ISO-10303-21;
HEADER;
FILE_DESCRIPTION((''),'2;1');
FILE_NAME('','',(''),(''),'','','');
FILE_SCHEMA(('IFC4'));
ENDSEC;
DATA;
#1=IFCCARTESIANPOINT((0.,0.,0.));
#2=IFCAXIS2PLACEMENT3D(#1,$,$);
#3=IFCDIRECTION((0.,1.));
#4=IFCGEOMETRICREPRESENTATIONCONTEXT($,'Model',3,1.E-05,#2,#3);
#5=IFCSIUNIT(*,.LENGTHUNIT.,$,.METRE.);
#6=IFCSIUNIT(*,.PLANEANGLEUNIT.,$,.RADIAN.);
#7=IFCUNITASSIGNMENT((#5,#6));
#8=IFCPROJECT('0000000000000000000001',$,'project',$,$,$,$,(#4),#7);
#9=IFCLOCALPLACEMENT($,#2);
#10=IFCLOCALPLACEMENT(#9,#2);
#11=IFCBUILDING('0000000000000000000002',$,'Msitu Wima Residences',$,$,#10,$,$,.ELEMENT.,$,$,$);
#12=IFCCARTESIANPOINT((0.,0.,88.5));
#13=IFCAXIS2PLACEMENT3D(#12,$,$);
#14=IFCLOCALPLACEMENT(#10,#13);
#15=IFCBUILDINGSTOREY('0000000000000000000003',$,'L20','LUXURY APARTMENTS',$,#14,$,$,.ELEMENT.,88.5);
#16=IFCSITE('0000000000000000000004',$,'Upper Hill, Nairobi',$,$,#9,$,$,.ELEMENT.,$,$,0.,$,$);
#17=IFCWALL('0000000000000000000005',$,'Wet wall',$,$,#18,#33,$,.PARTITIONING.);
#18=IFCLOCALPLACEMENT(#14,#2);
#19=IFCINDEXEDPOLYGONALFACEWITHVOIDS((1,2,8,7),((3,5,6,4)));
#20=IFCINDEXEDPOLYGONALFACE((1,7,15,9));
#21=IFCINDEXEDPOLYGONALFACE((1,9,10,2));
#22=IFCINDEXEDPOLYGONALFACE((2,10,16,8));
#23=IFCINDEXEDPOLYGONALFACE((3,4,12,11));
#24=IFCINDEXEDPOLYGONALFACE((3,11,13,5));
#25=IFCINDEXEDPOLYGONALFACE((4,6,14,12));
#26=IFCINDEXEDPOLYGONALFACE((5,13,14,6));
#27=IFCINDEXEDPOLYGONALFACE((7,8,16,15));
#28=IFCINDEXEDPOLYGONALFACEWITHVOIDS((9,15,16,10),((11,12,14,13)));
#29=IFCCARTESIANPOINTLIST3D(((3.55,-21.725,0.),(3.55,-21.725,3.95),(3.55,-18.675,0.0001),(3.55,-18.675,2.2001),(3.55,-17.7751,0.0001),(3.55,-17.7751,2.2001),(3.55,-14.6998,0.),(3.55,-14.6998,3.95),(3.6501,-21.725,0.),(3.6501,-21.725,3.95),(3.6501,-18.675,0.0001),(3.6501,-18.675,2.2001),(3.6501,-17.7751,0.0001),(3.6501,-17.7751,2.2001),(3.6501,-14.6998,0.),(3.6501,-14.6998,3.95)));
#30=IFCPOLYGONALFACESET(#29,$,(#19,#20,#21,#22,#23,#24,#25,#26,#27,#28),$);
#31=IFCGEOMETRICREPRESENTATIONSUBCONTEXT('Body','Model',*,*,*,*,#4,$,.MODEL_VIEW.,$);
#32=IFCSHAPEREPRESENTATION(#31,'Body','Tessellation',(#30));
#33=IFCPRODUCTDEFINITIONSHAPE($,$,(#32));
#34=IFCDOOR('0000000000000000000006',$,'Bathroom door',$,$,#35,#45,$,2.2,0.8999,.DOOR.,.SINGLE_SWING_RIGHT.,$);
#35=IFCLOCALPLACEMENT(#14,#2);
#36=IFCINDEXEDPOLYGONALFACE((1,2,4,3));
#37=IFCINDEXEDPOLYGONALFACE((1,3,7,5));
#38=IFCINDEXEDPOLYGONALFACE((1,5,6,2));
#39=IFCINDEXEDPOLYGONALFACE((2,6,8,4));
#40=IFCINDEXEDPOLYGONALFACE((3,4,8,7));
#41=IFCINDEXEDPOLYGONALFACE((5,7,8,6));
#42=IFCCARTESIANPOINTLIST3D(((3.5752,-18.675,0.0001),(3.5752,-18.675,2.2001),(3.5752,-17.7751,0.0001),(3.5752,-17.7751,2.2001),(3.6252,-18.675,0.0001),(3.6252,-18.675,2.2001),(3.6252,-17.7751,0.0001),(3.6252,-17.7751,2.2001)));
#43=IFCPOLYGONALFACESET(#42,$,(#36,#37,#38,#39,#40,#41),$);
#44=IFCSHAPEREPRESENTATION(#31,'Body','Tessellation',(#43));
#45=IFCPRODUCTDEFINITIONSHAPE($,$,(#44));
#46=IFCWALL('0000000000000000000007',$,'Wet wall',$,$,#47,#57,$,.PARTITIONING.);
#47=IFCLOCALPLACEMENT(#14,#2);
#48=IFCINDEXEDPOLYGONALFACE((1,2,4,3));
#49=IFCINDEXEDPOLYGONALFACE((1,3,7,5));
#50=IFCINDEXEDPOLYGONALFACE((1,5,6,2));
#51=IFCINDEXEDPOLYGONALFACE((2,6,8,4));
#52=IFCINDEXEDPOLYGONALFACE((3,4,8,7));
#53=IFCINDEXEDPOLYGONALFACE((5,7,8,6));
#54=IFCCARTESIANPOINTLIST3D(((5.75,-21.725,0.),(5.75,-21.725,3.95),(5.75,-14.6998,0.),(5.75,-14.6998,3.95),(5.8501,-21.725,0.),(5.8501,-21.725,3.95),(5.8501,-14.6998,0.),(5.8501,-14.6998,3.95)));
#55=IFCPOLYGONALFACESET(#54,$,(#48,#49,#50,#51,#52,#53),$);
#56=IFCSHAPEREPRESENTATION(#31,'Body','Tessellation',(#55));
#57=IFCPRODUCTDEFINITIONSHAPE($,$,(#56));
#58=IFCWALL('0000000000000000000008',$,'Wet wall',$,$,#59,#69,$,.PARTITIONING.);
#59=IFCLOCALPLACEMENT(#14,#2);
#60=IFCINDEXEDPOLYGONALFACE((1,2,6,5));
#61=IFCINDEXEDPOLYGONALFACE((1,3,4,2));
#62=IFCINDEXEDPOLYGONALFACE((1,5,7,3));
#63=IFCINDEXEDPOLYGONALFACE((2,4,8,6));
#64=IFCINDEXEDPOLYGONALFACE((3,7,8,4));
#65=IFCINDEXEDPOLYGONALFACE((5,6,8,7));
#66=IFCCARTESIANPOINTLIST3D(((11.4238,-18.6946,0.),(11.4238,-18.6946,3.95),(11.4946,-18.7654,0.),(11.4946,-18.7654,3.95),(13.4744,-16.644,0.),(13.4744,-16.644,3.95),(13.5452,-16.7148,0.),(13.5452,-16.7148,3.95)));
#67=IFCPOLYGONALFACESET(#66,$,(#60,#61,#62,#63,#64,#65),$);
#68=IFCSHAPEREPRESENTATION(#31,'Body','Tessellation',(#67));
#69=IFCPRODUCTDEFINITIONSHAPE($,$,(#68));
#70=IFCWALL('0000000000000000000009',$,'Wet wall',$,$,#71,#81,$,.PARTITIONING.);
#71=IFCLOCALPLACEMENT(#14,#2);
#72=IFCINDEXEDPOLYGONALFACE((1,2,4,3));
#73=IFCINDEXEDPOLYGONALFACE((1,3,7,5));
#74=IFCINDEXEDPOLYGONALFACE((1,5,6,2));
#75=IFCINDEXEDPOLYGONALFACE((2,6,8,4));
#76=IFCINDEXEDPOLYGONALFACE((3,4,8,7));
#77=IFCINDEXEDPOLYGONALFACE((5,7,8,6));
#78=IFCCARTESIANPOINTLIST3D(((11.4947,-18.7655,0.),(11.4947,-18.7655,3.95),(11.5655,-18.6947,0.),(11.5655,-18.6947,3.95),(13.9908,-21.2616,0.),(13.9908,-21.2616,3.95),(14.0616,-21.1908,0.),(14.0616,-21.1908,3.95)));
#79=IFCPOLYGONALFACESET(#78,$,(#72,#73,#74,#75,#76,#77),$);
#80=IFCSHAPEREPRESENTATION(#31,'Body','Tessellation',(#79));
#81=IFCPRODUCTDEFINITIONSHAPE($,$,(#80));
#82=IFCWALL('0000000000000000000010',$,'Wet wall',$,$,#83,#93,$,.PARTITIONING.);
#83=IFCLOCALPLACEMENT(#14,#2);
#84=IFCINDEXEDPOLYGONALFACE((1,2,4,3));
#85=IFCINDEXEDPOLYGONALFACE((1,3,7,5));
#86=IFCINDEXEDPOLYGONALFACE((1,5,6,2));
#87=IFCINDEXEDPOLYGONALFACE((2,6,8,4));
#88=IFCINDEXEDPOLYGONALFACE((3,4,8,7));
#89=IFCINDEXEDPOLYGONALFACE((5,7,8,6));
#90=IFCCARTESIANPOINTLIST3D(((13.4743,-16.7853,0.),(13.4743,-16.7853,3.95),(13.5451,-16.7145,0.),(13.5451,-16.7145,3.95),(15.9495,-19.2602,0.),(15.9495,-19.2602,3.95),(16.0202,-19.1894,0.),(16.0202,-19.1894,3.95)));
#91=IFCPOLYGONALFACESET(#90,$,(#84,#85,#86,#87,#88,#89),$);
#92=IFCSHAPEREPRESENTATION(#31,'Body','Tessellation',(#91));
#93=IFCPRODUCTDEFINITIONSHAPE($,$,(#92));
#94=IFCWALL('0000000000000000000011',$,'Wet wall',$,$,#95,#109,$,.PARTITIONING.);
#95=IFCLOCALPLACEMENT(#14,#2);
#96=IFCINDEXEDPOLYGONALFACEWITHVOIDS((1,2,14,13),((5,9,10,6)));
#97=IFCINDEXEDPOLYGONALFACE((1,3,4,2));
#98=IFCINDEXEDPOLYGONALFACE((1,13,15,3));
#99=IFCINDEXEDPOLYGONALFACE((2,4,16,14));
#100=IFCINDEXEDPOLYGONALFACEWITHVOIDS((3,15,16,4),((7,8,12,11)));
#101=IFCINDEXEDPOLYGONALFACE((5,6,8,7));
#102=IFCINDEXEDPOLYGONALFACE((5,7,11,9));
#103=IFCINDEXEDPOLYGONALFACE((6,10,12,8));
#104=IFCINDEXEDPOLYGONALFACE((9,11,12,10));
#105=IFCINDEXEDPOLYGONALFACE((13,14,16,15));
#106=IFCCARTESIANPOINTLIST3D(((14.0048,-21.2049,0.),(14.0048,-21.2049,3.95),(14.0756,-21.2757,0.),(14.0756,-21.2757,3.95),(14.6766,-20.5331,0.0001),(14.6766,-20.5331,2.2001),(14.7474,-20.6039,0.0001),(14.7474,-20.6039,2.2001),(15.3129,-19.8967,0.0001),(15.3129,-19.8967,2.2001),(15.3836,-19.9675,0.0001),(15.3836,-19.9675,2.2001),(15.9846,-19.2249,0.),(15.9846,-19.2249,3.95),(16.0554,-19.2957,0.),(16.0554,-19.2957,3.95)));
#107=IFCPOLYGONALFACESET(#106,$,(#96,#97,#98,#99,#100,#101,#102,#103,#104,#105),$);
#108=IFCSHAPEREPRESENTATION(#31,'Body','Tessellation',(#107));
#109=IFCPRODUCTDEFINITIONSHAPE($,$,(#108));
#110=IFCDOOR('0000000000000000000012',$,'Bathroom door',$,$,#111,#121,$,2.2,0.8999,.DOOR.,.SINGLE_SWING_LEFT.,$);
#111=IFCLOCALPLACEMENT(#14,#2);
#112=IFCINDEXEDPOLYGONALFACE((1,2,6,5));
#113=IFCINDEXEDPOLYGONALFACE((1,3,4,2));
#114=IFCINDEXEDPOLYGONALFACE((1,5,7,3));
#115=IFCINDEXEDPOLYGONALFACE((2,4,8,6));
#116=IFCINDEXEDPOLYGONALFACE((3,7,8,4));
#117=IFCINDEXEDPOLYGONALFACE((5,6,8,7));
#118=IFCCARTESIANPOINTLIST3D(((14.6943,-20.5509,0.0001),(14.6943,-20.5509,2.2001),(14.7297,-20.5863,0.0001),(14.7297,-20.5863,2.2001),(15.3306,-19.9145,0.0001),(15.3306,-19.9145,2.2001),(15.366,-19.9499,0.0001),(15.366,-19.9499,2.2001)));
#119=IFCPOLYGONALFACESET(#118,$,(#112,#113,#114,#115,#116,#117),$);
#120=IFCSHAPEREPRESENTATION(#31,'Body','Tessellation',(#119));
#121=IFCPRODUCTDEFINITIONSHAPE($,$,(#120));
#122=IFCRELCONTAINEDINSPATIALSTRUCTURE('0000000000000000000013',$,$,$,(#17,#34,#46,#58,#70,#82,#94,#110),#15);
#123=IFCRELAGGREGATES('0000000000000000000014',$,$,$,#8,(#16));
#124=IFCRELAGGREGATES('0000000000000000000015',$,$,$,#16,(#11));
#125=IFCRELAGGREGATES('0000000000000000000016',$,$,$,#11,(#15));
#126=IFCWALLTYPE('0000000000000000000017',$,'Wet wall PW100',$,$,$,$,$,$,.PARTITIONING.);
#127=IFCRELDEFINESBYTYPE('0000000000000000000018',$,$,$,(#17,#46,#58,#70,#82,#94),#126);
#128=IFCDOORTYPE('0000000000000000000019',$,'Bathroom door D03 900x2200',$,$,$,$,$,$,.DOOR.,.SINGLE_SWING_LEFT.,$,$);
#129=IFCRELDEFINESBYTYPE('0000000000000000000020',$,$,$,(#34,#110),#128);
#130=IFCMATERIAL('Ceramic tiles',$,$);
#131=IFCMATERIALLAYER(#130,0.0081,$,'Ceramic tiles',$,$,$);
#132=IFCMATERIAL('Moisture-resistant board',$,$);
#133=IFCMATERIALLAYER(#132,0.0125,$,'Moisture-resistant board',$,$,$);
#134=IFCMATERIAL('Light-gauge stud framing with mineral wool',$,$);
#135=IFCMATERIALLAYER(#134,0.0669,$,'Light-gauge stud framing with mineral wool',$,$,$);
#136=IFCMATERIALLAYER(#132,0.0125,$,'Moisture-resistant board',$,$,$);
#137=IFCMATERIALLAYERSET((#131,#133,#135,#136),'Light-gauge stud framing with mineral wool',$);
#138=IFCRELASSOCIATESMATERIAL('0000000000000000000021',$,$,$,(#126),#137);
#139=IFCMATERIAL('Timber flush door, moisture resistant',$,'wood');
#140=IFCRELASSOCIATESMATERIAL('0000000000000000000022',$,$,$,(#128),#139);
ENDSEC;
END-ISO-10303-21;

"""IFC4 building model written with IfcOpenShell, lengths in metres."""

from ifc_helpers import new_model, si_unit, direction, frame, frame_2d, origin, place, context, subcontext, project, spatial, rectangle, extrude, material, layer, layer_set, type_object, element, fill, save


model = new_model("IFC4")

# Units and contexts
model_context = context("Model", 3, precision=1e-05, world=origin(), true_north=direction((0.0, 1.0)))
body_context = subcontext(model_context, "Body", "Model", "MODEL_VIEW")
ifc_project = project(units=[si_unit("LENGTHUNIT", "METRE"), si_unit("PLANEANGLEUNIT", "RADIAN")], contexts=[model_context])

# Site, building, storey
site_placement = place(None, origin())
site = spatial("IfcSite", under=ifc_project, at=site_placement, Name="Upper Hill, Nairobi", CompositionType="ELEMENT", RefElevation=0.0)
building_placement = place(site_placement, origin())
building = spatial("IfcBuilding", under=site, at=building_placement, Name="Msitu Wima Residences", CompositionType="ELEMENT")
storey_placement = place(building_placement, frame((0.0, 0.0, 88.5)))
storey = spatial("IfcBuildingStorey", under=building, at=storey_placement, Name="L20", Description="LUXURY APARTMENTS", CompositionType="ELEMENT", Elevation=88.5)

# Shared definitions
ifc_material_1 = material(Name="Ceramic tiles")
ifc_layer_1 = layer(ifc_material_1, 0.0081, Name="Ceramic tiles")
ifc_material_2 = material(Name="Moisture-resistant board")
ifc_layer_2 = layer(ifc_material_2, 0.0125, Name="Moisture-resistant board")
ifc_material_3 = material(Name="Light-gauge stud framing with mineral wool")
ifc_layer_3 = layer(ifc_material_3, 0.0669, Name="Light-gauge stud framing with mineral wool")
ifc_layer_4 = layer(ifc_material_2, 0.0125, Name="Moisture-resistant board")
ifc_layer_set_1 = layer_set([ifc_layer_1, ifc_layer_2, ifc_layer_3, ifc_layer_4], Name="Light-gauge stud framing with mineral wool")
wall_type_1 = type_object("IfcWallType", Name="Wet wall PW100", PredefinedType="PARTITIONING", material=ifc_layer_set_1)

# Wall, opening, door
wall_1_placement = place(storey_placement, frame((3.6001, -21.7251, 0.0), z_axis=(0.0, 0.0, 1.0), x_axis=(0.0, 1.0, 0.0)))
wall_1 = element("IfcWall", 1, at=wall_1_placement, inside=storey, type_object=wall_type_1, Name="Wet wall", PredefinedType="PARTITIONING", context=body_context, shape_type="SweptSolid", body=[
    extrude(rectangle(XDim=7.0251, YDim=0.1001, at=frame_2d((3.5127, 0.0))), origin(), (0.0, 0.0, 1.0), 3.95),
])
opening_1_placement = place(wall_1_placement, frame((3.05, 0.0, 0.0)))
opening_1 = element("IfcOpeningElement", 2, at=opening_1_placement, cuts=wall_1, PredefinedType="OPENING", context=body_context, shape_type="SweptSolid", body=[
    extrude(rectangle(XDim=0.8999, YDim=2.2, at=frame_2d((0.45, 1.1001))), frame((0.0, 0.0601, 0.0), z_axis=(0.0, -1.0, 0.0), x_axis=(1.0, 0.0, 0.0)), (0.0, 0.0, 1.0), 0.1201),
])
ifc_material_4 = material(Name="Timber flush door, moisture resistant", Category="wood")
door_type_1 = type_object("IfcDoorType", Name="Bathroom door D03 900x2200", OperationType="SINGLE_SWING_LEFT", PredefinedType="DOOR", material=ifc_material_4)
door_1_placement = place(opening_1_placement, origin())
door_1 = element("IfcDoor", 3, at=door_1_placement, inside=storey, type_object=door_type_1, Name="Bathroom door", OperationType="SINGLE_SWING_RIGHT", OverallHeight=2.2, OverallWidth=0.8999, PredefinedType="DOOR", context=body_context, shape_type="SweptSolid", body=[
    extrude(rectangle(XDim=0.8999, YDim=2.2, at=frame_2d((0.45, 1.1001))), frame((0.0, 0.0249, 0.0), z_axis=(0.0, -1.0, 0.0), x_axis=(1.0, 0.0, 0.0)), (0.0, 0.0, 1.0), 0.05),
])
fill(opening_1, door_1)

# Walls
wall_2_placement = place(storey_placement, frame((5.8, -21.7251, 0.0), z_axis=(0.0, 0.0, 1.0), x_axis=(0.0, 1.0, 0.0)))
element("IfcWall", 4, at=wall_2_placement, inside=storey, type_object=wall_type_1, Name="Wet wall", PredefinedType="PARTITIONING", context=body_context, shape_type="SweptSolid", body=[
    extrude(rectangle(XDim=7.0251, YDim=0.1001, at=frame_2d((3.5127, 0.0))), origin(), (0.0, 0.0, 1.0), 3.95),
])
wall_3_placement = place(storey_placement, frame((11.4592, -18.73, 0.0), z_axis=(0.0, 0.0, 1.0), x_axis=(0.707107, 0.707107, 0.0)))
element("IfcWall", 5, at=wall_3_placement, inside=storey, type_object=wall_type_1, Name="Wet wall", PredefinedType="PARTITIONING", context=body_context, shape_type="SweptSolid", body=[
    extrude(rectangle(XDim=2.8999, YDim=0.1001, at=frame_2d((1.45, 0.0))), origin(), (0.0, 0.0, 1.0), 3.95),
])
wall_4_placement = place(storey_placement, frame((11.53, -18.73, 0.0), z_axis=(0.0, 0.0, 1.0), x_axis=(0.707107, -0.707107, 0.0)))
element("IfcWall", 6, at=wall_4_placement, inside=storey, type_object=wall_type_1, Name="Wet wall", PredefinedType="PARTITIONING", context=body_context, shape_type="SweptSolid", body=[
    extrude(rectangle(XDim=3.53, YDim=0.1001, at=frame_2d((1.7651, 0.0))), origin(), (0.0, 0.0, 1.0), 3.95),
])
wall_5_placement = place(storey_placement, frame((13.5098, -16.75, 0.0), z_axis=(0.0, 0.0, 1.0), x_axis=(0.707142, -0.707072, 0.0)))
element("IfcWall", 7, at=wall_5_placement, inside=storey, type_object=wall_type_1, Name="Wet wall", PredefinedType="PARTITIONING", context=body_context, shape_type="SweptSolid", body=[
    extrude(rectangle(XDim=3.5002, YDim=0.1001, at=frame_2d((1.75, 0.0))), origin(), (0.0, 0.0, 1.0), 3.95),
])

# Wall, opening, door
wall_6_placement = place(storey_placement, frame((14.0403, -21.2402, 0.0), z_axis=(0.0, 0.0, 1.0), x_axis=(0.707063, 0.70715, 0.0)))
wall_6 = element("IfcWall", 8, at=wall_6_placement, inside=storey, type_object=wall_type_1, Name="Wet wall", PredefinedType="PARTITIONING", context=body_context, shape_type="SweptSolid", body=[
    extrude(rectangle(XDim=2.8, YDim=0.1001, at=frame_2d((1.3999, 0.0))), origin(), (0.0, 0.0, 1.0), 3.95),
])
opening_2_placement = place(wall_6_placement, frame((0.95, 0.0, 0.0)))
opening_2 = element("IfcOpeningElement", 9, at=opening_2_placement, cuts=wall_6, PredefinedType="OPENING", context=body_context, shape_type="SweptSolid", body=[
    extrude(rectangle(XDim=0.8999, YDim=2.2, at=frame_2d((0.45, 1.1001))), frame((0.0, 0.0601, 0.0), z_axis=(0.0, -1.0, 0.0), x_axis=(1.0, 0.0, 0.0)), (0.0, 0.0, 1.0), 0.1201),
])
door_2_placement = place(opening_2_placement, origin())
door_2 = element("IfcDoor", 10, at=door_2_placement, inside=storey, type_object=door_type_1, Name="Bathroom door", OperationType="SINGLE_SWING_LEFT", OverallHeight=2.2, OverallWidth=0.8999, PredefinedType="DOOR", context=body_context, shape_type="SweptSolid", body=[
    extrude(rectangle(XDim=0.8999, YDim=2.2, at=frame_2d((0.45, 1.1001))), frame((0.0, 0.0249, 0.0), z_axis=(0.0, -1.0, 0.0), x_axis=(1.0, 0.0, 0.0)), (0.0, 0.0, 1.0), 0.05),
])
fill(opening_2, door_2)

save(model, "model.ifc")
